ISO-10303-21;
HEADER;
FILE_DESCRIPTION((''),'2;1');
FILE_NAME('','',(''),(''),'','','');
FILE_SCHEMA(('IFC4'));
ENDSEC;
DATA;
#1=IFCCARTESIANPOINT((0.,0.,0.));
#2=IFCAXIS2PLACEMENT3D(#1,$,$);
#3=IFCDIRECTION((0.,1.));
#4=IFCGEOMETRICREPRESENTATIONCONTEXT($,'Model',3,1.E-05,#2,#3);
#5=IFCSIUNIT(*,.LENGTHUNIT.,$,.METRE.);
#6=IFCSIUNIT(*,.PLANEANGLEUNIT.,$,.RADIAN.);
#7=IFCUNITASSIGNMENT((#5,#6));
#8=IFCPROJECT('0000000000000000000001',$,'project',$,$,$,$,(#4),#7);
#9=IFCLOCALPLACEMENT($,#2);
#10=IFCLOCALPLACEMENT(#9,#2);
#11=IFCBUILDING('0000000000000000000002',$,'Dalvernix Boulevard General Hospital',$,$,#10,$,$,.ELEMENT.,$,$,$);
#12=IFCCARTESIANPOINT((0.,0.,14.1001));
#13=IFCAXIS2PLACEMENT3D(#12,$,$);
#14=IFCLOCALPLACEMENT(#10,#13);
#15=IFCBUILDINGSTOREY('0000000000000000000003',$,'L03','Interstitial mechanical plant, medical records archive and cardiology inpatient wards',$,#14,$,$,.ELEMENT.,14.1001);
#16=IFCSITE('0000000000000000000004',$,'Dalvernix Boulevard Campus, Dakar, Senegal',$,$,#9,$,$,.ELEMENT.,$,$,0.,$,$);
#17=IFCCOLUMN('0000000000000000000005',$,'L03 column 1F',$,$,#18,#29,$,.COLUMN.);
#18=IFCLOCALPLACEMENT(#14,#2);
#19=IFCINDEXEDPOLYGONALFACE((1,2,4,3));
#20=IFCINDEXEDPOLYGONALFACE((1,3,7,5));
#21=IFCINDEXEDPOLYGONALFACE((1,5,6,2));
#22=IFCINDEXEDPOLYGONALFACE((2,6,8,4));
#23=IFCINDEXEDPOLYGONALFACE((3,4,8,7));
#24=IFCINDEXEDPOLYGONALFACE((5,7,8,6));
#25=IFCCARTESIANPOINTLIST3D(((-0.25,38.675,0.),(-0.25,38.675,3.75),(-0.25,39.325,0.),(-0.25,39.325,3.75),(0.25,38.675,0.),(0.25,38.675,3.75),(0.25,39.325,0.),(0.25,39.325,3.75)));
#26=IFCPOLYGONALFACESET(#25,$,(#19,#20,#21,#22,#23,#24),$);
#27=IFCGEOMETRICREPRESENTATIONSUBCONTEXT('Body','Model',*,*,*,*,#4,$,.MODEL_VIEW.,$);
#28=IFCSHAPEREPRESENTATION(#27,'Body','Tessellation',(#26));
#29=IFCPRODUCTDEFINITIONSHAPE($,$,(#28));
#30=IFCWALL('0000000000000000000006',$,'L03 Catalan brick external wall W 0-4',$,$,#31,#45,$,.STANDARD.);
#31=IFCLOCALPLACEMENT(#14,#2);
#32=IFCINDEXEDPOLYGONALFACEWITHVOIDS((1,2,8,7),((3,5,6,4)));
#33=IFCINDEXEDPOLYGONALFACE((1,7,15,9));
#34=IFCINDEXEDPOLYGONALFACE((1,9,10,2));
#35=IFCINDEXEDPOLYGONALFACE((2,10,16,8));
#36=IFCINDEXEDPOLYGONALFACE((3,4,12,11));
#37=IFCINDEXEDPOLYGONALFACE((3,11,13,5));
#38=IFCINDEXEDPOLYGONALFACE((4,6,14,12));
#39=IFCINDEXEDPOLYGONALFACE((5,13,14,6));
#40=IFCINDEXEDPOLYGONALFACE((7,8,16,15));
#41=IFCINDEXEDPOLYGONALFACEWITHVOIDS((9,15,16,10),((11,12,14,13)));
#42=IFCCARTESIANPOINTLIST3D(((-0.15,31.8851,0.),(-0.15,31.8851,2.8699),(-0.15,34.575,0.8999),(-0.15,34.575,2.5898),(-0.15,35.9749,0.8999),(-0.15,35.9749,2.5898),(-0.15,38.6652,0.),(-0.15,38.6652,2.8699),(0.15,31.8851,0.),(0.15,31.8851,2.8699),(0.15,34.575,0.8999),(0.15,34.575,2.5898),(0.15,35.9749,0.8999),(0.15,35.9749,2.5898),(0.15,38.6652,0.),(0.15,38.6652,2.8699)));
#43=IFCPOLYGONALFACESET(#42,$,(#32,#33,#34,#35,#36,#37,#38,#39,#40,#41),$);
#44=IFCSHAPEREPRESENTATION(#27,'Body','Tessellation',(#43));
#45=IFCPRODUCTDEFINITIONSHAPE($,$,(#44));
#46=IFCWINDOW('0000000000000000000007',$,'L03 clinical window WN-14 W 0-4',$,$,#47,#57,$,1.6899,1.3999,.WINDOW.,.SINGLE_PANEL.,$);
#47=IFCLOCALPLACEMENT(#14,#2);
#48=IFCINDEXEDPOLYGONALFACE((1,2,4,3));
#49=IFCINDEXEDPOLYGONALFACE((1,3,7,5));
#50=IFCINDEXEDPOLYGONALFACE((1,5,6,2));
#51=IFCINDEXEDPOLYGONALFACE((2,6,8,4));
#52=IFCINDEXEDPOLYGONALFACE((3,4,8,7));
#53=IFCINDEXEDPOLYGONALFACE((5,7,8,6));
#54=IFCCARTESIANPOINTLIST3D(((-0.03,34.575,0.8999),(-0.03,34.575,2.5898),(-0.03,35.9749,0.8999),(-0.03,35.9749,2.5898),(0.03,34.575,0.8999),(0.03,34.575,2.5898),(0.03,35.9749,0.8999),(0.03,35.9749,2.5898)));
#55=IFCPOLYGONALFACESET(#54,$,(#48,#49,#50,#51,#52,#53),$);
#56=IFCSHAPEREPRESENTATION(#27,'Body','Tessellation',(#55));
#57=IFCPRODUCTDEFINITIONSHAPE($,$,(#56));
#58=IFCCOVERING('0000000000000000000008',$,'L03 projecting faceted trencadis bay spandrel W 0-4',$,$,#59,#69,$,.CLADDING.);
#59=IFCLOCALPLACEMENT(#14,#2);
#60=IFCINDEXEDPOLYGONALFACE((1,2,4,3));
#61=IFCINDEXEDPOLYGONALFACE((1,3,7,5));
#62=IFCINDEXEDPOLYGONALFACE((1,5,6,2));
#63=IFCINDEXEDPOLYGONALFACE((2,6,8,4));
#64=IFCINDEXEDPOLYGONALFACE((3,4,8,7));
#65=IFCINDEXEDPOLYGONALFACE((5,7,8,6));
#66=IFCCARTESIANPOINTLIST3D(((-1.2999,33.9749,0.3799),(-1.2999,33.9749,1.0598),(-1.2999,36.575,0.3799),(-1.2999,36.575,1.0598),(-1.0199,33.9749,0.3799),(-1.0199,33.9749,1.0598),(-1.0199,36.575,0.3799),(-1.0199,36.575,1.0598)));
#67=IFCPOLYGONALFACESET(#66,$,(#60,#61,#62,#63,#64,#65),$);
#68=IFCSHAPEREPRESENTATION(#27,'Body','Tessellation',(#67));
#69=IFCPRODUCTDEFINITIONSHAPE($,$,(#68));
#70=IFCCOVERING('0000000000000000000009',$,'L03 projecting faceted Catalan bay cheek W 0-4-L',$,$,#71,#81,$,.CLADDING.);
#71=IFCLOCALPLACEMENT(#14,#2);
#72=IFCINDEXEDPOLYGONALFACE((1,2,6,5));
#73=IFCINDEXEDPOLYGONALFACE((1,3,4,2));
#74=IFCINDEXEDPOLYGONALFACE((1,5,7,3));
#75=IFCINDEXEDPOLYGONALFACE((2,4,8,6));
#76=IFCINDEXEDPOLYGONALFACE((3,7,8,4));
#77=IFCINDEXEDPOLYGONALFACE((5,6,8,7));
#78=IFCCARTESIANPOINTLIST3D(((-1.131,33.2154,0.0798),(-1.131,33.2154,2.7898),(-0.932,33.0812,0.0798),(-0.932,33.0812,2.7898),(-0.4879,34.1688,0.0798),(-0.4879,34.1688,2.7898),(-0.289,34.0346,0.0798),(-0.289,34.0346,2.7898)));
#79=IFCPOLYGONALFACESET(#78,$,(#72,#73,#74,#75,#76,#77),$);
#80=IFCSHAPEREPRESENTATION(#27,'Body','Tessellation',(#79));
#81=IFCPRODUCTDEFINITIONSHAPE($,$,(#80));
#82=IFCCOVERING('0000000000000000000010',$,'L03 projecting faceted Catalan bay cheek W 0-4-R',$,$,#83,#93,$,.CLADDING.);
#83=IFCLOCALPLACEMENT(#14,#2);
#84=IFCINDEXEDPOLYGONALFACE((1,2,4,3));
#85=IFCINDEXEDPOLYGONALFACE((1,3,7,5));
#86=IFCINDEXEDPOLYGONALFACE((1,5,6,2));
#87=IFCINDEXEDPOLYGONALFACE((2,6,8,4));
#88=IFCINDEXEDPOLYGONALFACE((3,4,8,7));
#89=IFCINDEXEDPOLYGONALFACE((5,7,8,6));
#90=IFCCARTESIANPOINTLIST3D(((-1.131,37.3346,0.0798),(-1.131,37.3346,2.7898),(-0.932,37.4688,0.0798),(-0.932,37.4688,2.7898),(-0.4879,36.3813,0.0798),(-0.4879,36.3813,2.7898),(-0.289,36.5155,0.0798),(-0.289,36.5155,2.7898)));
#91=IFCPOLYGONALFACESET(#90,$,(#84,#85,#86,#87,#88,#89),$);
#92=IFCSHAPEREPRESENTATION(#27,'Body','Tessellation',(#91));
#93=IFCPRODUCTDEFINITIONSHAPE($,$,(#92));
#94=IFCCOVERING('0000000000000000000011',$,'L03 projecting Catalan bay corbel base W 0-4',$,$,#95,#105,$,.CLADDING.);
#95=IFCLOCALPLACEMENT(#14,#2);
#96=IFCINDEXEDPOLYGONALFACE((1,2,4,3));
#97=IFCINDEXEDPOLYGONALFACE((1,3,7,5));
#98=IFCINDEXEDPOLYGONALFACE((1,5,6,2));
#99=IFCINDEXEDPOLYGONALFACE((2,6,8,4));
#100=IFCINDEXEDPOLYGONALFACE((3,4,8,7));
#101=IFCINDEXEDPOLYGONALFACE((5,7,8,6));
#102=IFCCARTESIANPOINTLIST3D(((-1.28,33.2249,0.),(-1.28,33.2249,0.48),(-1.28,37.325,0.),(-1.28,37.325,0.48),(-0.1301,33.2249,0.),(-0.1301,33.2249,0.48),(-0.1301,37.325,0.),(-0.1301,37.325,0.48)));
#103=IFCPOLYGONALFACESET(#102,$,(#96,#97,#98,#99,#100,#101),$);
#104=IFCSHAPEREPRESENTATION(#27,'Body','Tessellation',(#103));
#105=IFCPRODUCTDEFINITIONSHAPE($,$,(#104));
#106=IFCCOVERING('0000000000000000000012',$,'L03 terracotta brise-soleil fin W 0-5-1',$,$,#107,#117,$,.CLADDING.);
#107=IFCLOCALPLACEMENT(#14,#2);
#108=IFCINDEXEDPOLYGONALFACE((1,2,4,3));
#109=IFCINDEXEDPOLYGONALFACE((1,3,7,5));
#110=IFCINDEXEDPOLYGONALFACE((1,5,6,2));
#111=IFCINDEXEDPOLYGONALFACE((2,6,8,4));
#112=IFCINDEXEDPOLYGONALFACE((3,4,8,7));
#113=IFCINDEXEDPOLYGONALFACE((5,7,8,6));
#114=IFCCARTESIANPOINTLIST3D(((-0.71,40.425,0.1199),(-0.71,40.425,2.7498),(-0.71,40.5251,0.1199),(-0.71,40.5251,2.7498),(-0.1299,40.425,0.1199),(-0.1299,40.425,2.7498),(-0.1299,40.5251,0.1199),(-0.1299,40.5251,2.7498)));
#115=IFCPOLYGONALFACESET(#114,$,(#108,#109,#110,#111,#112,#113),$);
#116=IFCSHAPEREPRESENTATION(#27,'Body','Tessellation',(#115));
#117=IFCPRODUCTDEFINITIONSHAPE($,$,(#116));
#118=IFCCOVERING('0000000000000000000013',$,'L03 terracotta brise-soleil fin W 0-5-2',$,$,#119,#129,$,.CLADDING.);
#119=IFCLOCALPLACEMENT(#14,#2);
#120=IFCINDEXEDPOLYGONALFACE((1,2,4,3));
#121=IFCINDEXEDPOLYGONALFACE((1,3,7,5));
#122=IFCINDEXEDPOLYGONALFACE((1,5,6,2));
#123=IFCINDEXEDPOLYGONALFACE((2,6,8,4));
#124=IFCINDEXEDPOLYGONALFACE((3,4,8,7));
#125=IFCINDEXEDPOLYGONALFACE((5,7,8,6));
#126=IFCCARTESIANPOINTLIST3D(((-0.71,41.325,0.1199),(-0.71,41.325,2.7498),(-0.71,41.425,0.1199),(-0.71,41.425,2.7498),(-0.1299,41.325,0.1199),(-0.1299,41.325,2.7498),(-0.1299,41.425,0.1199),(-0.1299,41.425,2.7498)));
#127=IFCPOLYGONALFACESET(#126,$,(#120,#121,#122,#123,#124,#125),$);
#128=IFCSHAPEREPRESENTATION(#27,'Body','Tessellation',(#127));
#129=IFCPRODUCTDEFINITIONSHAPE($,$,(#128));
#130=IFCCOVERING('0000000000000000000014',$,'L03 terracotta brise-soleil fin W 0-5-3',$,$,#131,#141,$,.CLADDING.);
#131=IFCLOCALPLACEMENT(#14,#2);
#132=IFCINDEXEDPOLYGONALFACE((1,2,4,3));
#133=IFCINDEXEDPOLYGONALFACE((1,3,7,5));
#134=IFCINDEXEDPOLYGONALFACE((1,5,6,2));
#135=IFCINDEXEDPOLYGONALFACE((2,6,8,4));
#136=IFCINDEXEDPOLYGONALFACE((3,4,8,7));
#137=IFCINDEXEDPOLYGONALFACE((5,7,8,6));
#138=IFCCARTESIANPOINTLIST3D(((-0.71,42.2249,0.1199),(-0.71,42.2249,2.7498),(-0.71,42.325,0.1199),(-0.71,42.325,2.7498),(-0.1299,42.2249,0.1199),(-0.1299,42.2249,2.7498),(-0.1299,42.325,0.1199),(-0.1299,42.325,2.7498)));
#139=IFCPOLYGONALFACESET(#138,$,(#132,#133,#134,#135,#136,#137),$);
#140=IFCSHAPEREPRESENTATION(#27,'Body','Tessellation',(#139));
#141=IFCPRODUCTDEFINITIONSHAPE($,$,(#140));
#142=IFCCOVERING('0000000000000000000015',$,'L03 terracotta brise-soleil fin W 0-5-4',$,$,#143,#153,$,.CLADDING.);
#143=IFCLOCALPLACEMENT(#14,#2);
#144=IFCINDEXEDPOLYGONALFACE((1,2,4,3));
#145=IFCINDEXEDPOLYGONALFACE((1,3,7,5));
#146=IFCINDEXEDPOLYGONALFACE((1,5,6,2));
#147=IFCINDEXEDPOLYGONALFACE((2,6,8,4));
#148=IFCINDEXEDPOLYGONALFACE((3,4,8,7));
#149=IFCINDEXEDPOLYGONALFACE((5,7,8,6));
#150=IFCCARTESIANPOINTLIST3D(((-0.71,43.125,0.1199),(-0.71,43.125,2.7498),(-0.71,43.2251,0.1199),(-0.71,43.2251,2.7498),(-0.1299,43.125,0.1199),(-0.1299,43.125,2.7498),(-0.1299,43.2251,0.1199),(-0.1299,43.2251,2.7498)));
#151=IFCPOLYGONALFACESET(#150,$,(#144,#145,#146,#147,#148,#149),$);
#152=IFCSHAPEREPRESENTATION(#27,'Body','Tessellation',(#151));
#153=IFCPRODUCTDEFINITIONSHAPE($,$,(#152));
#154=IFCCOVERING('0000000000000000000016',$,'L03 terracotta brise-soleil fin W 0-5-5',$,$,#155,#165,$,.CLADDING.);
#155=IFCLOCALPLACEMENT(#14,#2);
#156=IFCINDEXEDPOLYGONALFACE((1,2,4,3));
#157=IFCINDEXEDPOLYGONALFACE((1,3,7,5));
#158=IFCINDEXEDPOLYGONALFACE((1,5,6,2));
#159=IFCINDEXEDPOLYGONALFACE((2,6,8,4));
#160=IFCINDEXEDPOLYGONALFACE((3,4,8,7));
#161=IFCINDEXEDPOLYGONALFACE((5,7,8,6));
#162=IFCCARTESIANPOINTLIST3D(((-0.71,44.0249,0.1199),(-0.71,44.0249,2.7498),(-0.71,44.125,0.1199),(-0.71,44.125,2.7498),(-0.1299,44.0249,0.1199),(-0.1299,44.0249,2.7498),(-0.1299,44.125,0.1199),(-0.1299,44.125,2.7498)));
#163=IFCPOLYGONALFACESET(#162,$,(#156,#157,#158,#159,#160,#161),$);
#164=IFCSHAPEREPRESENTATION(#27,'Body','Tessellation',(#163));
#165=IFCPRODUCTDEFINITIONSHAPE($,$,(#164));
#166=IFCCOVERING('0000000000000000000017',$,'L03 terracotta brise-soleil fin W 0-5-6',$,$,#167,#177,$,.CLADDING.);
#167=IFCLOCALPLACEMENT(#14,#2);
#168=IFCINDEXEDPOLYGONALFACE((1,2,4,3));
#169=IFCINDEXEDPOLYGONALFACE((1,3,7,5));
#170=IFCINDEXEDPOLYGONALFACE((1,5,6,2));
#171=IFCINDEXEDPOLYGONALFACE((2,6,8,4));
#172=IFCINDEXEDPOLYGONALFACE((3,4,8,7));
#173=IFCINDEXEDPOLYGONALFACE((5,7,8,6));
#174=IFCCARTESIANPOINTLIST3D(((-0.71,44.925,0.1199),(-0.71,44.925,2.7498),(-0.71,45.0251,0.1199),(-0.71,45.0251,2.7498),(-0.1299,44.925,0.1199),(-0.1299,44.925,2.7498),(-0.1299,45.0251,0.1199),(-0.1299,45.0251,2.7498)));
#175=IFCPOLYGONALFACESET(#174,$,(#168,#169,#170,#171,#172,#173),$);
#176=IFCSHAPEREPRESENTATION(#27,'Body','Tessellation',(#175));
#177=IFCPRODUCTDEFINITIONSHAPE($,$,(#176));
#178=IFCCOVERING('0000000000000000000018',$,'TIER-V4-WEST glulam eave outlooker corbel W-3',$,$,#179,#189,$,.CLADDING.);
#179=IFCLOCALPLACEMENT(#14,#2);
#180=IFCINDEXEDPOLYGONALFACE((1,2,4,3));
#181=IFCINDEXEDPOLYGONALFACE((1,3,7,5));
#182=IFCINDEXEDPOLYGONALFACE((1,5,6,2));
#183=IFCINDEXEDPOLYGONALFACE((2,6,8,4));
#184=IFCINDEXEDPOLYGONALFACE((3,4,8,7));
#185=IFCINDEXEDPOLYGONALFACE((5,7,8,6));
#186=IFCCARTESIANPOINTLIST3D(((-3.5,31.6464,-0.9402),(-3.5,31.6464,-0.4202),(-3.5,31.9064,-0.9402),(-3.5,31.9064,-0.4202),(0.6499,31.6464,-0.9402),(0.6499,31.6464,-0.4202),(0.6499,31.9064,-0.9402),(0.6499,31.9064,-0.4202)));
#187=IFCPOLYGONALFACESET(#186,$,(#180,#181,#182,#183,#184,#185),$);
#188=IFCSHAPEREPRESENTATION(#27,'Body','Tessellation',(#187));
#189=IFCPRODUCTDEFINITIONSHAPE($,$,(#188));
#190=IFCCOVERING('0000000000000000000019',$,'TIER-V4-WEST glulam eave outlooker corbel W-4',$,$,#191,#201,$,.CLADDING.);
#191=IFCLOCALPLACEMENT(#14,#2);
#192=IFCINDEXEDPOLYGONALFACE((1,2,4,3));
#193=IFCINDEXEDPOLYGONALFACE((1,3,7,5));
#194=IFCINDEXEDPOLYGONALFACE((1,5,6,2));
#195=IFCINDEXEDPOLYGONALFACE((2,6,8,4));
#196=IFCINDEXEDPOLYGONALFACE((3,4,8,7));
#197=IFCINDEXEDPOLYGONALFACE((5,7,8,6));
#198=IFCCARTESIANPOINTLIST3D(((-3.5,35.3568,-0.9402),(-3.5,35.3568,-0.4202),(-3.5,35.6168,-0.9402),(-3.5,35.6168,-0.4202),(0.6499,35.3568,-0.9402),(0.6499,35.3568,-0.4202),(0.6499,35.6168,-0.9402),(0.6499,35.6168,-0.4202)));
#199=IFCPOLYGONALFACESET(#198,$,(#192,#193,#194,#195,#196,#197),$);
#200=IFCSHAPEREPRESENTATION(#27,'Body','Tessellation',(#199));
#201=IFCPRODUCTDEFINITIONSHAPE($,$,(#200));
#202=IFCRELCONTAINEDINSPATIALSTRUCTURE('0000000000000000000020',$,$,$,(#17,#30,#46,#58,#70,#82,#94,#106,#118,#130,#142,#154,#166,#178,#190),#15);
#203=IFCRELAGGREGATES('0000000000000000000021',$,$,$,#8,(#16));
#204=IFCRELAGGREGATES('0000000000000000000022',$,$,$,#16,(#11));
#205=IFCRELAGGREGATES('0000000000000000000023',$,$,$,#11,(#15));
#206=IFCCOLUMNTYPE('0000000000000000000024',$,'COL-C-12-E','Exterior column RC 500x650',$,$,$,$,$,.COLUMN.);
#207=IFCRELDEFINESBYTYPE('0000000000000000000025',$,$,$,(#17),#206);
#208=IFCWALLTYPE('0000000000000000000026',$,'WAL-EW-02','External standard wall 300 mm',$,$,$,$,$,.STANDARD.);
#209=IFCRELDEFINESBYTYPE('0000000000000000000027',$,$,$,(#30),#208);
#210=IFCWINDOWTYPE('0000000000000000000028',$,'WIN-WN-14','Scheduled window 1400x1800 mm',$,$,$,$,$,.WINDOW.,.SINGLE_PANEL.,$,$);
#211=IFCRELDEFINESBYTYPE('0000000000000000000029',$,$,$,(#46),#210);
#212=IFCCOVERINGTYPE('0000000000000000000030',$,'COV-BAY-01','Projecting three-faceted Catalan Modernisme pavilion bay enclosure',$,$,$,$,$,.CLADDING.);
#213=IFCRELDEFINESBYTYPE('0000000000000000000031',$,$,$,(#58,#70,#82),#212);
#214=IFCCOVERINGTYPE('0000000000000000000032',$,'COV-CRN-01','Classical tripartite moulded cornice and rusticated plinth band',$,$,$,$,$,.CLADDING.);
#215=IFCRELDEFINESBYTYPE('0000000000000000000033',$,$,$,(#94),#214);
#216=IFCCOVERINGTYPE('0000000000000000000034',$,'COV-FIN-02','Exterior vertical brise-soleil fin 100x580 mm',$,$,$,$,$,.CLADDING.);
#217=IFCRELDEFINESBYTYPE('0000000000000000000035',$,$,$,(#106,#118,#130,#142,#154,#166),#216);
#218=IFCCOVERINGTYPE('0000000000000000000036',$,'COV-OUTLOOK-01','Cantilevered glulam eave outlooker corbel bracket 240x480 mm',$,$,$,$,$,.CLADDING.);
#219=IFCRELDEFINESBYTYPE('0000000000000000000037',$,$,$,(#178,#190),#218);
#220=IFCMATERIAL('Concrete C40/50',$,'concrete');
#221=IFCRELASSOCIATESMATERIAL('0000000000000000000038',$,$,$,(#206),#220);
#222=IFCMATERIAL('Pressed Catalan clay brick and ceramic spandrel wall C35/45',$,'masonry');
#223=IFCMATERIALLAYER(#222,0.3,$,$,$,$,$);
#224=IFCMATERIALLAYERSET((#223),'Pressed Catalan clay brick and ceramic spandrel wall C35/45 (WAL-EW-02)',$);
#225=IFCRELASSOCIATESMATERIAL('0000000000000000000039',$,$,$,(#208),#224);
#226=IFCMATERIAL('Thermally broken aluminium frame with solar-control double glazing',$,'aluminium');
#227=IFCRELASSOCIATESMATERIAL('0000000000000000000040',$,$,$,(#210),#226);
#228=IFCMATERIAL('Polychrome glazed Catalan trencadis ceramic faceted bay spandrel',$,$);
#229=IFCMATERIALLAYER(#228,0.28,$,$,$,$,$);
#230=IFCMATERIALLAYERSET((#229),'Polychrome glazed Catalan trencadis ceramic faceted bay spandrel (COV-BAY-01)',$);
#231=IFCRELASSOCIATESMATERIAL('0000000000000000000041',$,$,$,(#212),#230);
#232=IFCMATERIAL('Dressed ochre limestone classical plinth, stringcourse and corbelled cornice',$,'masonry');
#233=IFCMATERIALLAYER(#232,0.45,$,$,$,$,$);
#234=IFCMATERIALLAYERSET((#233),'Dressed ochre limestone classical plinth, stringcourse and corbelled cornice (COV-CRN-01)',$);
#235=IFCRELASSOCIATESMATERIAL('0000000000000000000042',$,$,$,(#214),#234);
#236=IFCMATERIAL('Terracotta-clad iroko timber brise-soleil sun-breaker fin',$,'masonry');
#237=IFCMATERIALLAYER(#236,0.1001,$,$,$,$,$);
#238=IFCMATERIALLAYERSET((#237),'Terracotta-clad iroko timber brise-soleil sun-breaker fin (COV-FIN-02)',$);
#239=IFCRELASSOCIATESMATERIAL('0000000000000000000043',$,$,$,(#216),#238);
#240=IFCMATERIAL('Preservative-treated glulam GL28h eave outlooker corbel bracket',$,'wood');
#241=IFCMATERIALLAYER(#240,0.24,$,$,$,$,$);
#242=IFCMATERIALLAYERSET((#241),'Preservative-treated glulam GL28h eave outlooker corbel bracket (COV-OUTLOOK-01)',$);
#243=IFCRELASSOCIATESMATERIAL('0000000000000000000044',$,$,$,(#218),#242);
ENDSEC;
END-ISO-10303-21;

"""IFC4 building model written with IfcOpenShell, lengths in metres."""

from ifc_helpers import new_model, si_unit, direction, frame, frame_2d, origin, origin_2d, place, context, subcontext, project, spatial, rectangle, extrude, material, layer, layer_set, material_profile, profile_set, type_object, element, fill, save


model = new_model("IFC4")

# Units and contexts
model_context = context("Model", 3, precision=1e-05, world=origin(), true_north=direction((0.0, 1.0)))
body_context = subcontext(model_context, "Body", "Model", "MODEL_VIEW")
ifc_project = project(units=[si_unit("LENGTHUNIT", "METRE"), si_unit("PLANEANGLEUNIT", "RADIAN")], contexts=[model_context])

# Site, building, storey
site_placement = place(None, origin())
site = spatial("IfcSite", under=ifc_project, at=site_placement, Name="Dalvernix Boulevard Campus, Dakar, Senegal", CompositionType="ELEMENT", RefElevation=0.0)
building_placement = place(site_placement, origin())
building = spatial("IfcBuilding", under=site, at=building_placement, Name="Dalvernix Boulevard General Hospital", CompositionType="ELEMENT")
storey_placement = place(building_placement, frame((0.0, 0.0, 14.1001)))
storey = spatial("IfcBuildingStorey", under=building, at=storey_placement, Name="L03", Description="Interstitial mechanical plant, medical records archive and cardiology inpatient wards", CompositionType="ELEMENT", Elevation=14.1001)

# Column
ifc_material_1 = material(Name="Concrete C40/50", Category="concrete")
ifc_material_profile = material_profile(ifc_material_1, rectangle(XDim=0.5, YDim=0.6499, at=origin_2d()), Name="RC 500x650")
ifc_profile_set = profile_set([ifc_material_profile], Name="Concrete C40/50")
column_type = type_object("IfcColumnType", Name="COL-C-12-E", Description="Exterior column RC 500x650", PredefinedType="COLUMN", material=ifc_profile_set)
column_placement = place(storey_placement, frame((0.0, 39.0, 0.0), z_axis=(0.0, 0.0, 1.0), x_axis=(1.0, 0.0, 0.0)))
element("IfcColumn", 1, at=column_placement, inside=storey, type_object=column_type, Name="L03 column 1F", PredefinedType="COLUMN", context=body_context, shape_type="SweptSolid", body=[
    extrude(rectangle(XDim=0.5, YDim=0.6499, at=origin_2d()), origin(), (0.0, 0.0, 1.0), 3.75),
])

# Wall, opening, window
ifc_material_2 = material(Name="Pressed Catalan clay brick and ceramic spandrel wall C35/45", Category="masonry")
ifc_layer_1 = layer(ifc_material_2, 0.3)
ifc_layer_set_1 = layer_set([ifc_layer_1], Name="Pressed Catalan clay brick and ceramic spandrel wall C35/45 (WAL-EW-02)")
wall_type = type_object("IfcWallType", Name="WAL-EW-02", Description="External standard wall 300 mm", PredefinedType="STANDARD", material=ifc_layer_set_1)
wall_placement = place(storey_placement, frame((0.0, 31.885, 0.0), z_axis=(0.0, 0.0, 1.0), x_axis=(0.0, 1.0, 0.0)))
wall = element("IfcWall", 2, at=wall_placement, inside=storey, type_object=wall_type, Name="L03 Catalan brick external wall W 0-4", PredefinedType="STANDARD", context=body_context, shape_type="SweptSolid", body=[
    extrude(rectangle(XDim=6.78, YDim=0.3, at=frame_2d((3.3901, 0.0))), origin(), (0.0, 0.0, 1.0), 2.8699),
])
opening_placement = place(wall_placement, frame((2.6899, 0.0, 0.8999)))
opening = element("IfcOpeningElement", 3, at=opening_placement, cuts=wall, PredefinedType="OPENING", context=body_context, shape_type="SweptSolid", body=[
    extrude(rectangle(XDim=1.3999, YDim=1.6899, at=frame_2d((0.7, 0.845))), frame((0.0, 0.1599, 0.0), z_axis=(0.0, -1.0, 0.0), x_axis=(1.0, 0.0, 0.0)), (0.0, 0.0, 1.0), 0.3201),
])
ifc_material_3 = material(Name="Thermally broken aluminium frame with solar-control double glazing", Category="aluminium")
window_type = type_object("IfcWindowType", Name="WIN-WN-14", Description="Scheduled window 1400x1800 mm", PartitioningType="SINGLE_PANEL", PredefinedType="WINDOW", material=ifc_material_3)
window_placement = place(opening_placement, origin())
window = element("IfcWindow", 4, at=window_placement, inside=storey, type_object=window_type, Name="L03 clinical window WN-14 W 0-4", OverallHeight=1.6899, OverallWidth=1.3999, PartitioningType="SINGLE_PANEL", PredefinedType="WINDOW", context=body_context, shape_type="SweptSolid", body=[
    extrude(rectangle(XDim=1.3999, YDim=1.6899, at=frame_2d((0.7, 0.845))), frame((0.0, 0.03, 0.0), z_axis=(0.0, -1.0, 0.0), x_axis=(1.0, 0.0, 0.0)), (0.0, 0.0, 1.0), 0.0601),
])
fill(opening, window)

# Coverings
ifc_material_4 = material(Name="Polychrome glazed Catalan trencadis ceramic faceted bay spandrel")
ifc_layer_2 = layer(ifc_material_4, 0.28)
ifc_layer_set_2 = layer_set([ifc_layer_2], Name="Polychrome glazed Catalan trencadis ceramic faceted bay spandrel (COV-BAY-01)")
covering_type_1 = type_object("IfcCoveringType", Name="COV-BAY-01", Description="Projecting three-faceted Catalan Modernisme pavilion bay enclosure", PredefinedType="CLADDING", material=ifc_layer_set_2)
covering_1_placement = place(storey_placement, frame((-1.1599, 35.2749, 0.3799), z_axis=(0.0, 0.0, 1.0), x_axis=(0.0, 1.0, 0.0)))
element("IfcCovering", 5, at=covering_1_placement, inside=storey, type_object=covering_type_1, Name="L03 projecting faceted trencadis bay spandrel W 0-4", PredefinedType="CLADDING", context=body_context, shape_type="SweptSolid", body=[
    extrude(rectangle(XDim=2.6001, YDim=0.28, at=origin_2d()), origin(), (0.0, 0.0, 1.0), 0.6799),
])
for number, where, z_axis, x_axis, name in (
    (6, (-0.71, 33.625, 0.0798), (0.0, 0.0, 1.0), (0.559193, 0.829038, 0.0), "L03 projecting faceted Catalan bay cheek W 0-4-L"),
    (7, (-0.71, 36.925, 0.0798), (0.0, 0.0, 1.0), (-0.559193, 0.829038, 0.0), "L03 projecting faceted Catalan bay cheek W 0-4-R"),
):
    element("IfcCovering", number, at=place(storey_placement, frame(where, z_axis=z_axis, x_axis=x_axis)), inside=storey, type_object=covering_type_1, Name=name, PredefinedType="CLADDING", context=body_context, shape_type="SweptSolid", body=[
        extrude(rectangle(XDim=1.1499, YDim=0.24, at=origin_2d()), origin(), (0.0, 0.0, 1.0), 2.71),
    ])
ifc_material_5 = material(Name="Dressed ochre limestone classical plinth, stringcourse and corbelled cornice", Category="masonry")
ifc_layer_3 = layer(ifc_material_5, 0.45)
ifc_layer_set_3 = layer_set([ifc_layer_3], Name="Dressed ochre limestone classical plinth, stringcourse and corbelled cornice (COV-CRN-01)")
covering_type_2 = type_object("IfcCoveringType", Name="COV-CRN-01", Description="Classical tripartite moulded cornice and rusticated plinth band", PredefinedType="CLADDING", material=ifc_layer_set_3)
covering_2_placement = place(storey_placement, frame((-0.7051, 35.2749, 0.0), z_axis=(0.0, 0.0, 1.0), x_axis=(0.0, 1.0, 0.0)))
element("IfcCovering", 8, at=covering_2_placement, inside=storey, type_object=covering_type_2, Name="L03 projecting Catalan bay corbel base W 0-4", PredefinedType="CLADDING", context=body_context, shape_type="SweptSolid", body=[
    extrude(rectangle(XDim=4.1001, YDim=1.1499, at=origin_2d()), origin(), (0.0, 0.0, 1.0), 0.48),
])
ifc_material_6 = material(Name="Terracotta-clad iroko timber brise-soleil sun-breaker fin", Category="masonry")
ifc_layer_4 = layer(ifc_material_6, 0.1001)
ifc_layer_set_4 = layer_set([ifc_layer_4], Name="Terracotta-clad iroko timber brise-soleil sun-breaker fin (COV-FIN-02)")
covering_type_3 = type_object("IfcCoveringType", Name="COV-FIN-02", Description="Exterior vertical brise-soleil fin 100x580 mm", PredefinedType="CLADDING", material=ifc_layer_set_4)
for number, where, z_axis, x_axis, name in (
    (9, (-0.4199, 40.4751, 0.1199), (0.0, 0.0, 1.0), (0.0, 1.0, 0.0), "L03 terracotta brise-soleil fin W 0-5-1"),
    (10, (-0.4199, 41.375, 0.1199), (0.0, 0.0, 1.0), (0.0, 1.0, 0.0), "L03 terracotta brise-soleil fin W 0-5-2"),
    (11, (-0.4199, 42.2749, 0.1199), (0.0, 0.0, 1.0), (0.0, 1.0, 0.0), "L03 terracotta brise-soleil fin W 0-5-3"),
    (12, (-0.4199, 43.175, 0.1199), (0.0, 0.0, 1.0), (0.0, 1.0, 0.0), "L03 terracotta brise-soleil fin W 0-5-4"),
    (13, (-0.4199, 44.075, 0.1199), (0.0, 0.0, 1.0), (0.0, 1.0, 0.0), "L03 terracotta brise-soleil fin W 0-5-5"),
    (14, (-0.4199, 44.9751, 0.1199), (0.0, 0.0, 1.0), (0.0, 1.0, 0.0), "L03 terracotta brise-soleil fin W 0-5-6"),
):
    element("IfcCovering", number, at=place(storey_placement, frame(where, z_axis=z_axis, x_axis=x_axis)), inside=storey, type_object=covering_type_3, Name=name, PredefinedType="CLADDING", context=body_context, shape_type="SweptSolid", body=[
        extrude(rectangle(XDim=0.1001, YDim=0.5801, at=origin_2d()), origin(), (0.0, 0.0, 1.0), 2.6299),
    ])
ifc_material_7 = material(Name="Preservative-treated glulam GL28h eave outlooker corbel bracket", Category="wood")
ifc_layer_5 = layer(ifc_material_7, 0.24)
ifc_layer_set_5 = layer_set([ifc_layer_5], Name="Preservative-treated glulam GL28h eave outlooker corbel bracket (COV-OUTLOOK-01)")
covering_type_4 = type_object("IfcCoveringType", Name="COV-OUTLOOK-01", Description="Cantilevered glulam eave outlooker corbel bracket 240x480 mm", PredefinedType="CLADDING", material=ifc_layer_set_5)
for number, where, z_axis, x_axis, name in (
    (15, (-1.425, 31.7764, -0.9402), (0.0, 0.0, 1.0), (1.0, 0.0, 0.0), "TIER-V4-WEST glulam eave outlooker corbel W-3"),
    (16, (-1.425, 35.4868, -0.9402), (0.0, 0.0, 1.0), (1.0, 0.0, 0.0), "TIER-V4-WEST glulam eave outlooker corbel W-4"),
):
    element("IfcCovering", number, at=place(storey_placement, frame(where, z_axis=z_axis, x_axis=x_axis)), inside=storey, type_object=covering_type_4, Name=name, PredefinedType="CLADDING", context=body_context, shape_type="SweptSolid", body=[
        extrude(rectangle(XDim=4.1499, YDim=0.26, at=origin_2d()), origin(), (0.0, 0.0, 1.0), 0.52),
    ])

save(model, "model.ifc")
